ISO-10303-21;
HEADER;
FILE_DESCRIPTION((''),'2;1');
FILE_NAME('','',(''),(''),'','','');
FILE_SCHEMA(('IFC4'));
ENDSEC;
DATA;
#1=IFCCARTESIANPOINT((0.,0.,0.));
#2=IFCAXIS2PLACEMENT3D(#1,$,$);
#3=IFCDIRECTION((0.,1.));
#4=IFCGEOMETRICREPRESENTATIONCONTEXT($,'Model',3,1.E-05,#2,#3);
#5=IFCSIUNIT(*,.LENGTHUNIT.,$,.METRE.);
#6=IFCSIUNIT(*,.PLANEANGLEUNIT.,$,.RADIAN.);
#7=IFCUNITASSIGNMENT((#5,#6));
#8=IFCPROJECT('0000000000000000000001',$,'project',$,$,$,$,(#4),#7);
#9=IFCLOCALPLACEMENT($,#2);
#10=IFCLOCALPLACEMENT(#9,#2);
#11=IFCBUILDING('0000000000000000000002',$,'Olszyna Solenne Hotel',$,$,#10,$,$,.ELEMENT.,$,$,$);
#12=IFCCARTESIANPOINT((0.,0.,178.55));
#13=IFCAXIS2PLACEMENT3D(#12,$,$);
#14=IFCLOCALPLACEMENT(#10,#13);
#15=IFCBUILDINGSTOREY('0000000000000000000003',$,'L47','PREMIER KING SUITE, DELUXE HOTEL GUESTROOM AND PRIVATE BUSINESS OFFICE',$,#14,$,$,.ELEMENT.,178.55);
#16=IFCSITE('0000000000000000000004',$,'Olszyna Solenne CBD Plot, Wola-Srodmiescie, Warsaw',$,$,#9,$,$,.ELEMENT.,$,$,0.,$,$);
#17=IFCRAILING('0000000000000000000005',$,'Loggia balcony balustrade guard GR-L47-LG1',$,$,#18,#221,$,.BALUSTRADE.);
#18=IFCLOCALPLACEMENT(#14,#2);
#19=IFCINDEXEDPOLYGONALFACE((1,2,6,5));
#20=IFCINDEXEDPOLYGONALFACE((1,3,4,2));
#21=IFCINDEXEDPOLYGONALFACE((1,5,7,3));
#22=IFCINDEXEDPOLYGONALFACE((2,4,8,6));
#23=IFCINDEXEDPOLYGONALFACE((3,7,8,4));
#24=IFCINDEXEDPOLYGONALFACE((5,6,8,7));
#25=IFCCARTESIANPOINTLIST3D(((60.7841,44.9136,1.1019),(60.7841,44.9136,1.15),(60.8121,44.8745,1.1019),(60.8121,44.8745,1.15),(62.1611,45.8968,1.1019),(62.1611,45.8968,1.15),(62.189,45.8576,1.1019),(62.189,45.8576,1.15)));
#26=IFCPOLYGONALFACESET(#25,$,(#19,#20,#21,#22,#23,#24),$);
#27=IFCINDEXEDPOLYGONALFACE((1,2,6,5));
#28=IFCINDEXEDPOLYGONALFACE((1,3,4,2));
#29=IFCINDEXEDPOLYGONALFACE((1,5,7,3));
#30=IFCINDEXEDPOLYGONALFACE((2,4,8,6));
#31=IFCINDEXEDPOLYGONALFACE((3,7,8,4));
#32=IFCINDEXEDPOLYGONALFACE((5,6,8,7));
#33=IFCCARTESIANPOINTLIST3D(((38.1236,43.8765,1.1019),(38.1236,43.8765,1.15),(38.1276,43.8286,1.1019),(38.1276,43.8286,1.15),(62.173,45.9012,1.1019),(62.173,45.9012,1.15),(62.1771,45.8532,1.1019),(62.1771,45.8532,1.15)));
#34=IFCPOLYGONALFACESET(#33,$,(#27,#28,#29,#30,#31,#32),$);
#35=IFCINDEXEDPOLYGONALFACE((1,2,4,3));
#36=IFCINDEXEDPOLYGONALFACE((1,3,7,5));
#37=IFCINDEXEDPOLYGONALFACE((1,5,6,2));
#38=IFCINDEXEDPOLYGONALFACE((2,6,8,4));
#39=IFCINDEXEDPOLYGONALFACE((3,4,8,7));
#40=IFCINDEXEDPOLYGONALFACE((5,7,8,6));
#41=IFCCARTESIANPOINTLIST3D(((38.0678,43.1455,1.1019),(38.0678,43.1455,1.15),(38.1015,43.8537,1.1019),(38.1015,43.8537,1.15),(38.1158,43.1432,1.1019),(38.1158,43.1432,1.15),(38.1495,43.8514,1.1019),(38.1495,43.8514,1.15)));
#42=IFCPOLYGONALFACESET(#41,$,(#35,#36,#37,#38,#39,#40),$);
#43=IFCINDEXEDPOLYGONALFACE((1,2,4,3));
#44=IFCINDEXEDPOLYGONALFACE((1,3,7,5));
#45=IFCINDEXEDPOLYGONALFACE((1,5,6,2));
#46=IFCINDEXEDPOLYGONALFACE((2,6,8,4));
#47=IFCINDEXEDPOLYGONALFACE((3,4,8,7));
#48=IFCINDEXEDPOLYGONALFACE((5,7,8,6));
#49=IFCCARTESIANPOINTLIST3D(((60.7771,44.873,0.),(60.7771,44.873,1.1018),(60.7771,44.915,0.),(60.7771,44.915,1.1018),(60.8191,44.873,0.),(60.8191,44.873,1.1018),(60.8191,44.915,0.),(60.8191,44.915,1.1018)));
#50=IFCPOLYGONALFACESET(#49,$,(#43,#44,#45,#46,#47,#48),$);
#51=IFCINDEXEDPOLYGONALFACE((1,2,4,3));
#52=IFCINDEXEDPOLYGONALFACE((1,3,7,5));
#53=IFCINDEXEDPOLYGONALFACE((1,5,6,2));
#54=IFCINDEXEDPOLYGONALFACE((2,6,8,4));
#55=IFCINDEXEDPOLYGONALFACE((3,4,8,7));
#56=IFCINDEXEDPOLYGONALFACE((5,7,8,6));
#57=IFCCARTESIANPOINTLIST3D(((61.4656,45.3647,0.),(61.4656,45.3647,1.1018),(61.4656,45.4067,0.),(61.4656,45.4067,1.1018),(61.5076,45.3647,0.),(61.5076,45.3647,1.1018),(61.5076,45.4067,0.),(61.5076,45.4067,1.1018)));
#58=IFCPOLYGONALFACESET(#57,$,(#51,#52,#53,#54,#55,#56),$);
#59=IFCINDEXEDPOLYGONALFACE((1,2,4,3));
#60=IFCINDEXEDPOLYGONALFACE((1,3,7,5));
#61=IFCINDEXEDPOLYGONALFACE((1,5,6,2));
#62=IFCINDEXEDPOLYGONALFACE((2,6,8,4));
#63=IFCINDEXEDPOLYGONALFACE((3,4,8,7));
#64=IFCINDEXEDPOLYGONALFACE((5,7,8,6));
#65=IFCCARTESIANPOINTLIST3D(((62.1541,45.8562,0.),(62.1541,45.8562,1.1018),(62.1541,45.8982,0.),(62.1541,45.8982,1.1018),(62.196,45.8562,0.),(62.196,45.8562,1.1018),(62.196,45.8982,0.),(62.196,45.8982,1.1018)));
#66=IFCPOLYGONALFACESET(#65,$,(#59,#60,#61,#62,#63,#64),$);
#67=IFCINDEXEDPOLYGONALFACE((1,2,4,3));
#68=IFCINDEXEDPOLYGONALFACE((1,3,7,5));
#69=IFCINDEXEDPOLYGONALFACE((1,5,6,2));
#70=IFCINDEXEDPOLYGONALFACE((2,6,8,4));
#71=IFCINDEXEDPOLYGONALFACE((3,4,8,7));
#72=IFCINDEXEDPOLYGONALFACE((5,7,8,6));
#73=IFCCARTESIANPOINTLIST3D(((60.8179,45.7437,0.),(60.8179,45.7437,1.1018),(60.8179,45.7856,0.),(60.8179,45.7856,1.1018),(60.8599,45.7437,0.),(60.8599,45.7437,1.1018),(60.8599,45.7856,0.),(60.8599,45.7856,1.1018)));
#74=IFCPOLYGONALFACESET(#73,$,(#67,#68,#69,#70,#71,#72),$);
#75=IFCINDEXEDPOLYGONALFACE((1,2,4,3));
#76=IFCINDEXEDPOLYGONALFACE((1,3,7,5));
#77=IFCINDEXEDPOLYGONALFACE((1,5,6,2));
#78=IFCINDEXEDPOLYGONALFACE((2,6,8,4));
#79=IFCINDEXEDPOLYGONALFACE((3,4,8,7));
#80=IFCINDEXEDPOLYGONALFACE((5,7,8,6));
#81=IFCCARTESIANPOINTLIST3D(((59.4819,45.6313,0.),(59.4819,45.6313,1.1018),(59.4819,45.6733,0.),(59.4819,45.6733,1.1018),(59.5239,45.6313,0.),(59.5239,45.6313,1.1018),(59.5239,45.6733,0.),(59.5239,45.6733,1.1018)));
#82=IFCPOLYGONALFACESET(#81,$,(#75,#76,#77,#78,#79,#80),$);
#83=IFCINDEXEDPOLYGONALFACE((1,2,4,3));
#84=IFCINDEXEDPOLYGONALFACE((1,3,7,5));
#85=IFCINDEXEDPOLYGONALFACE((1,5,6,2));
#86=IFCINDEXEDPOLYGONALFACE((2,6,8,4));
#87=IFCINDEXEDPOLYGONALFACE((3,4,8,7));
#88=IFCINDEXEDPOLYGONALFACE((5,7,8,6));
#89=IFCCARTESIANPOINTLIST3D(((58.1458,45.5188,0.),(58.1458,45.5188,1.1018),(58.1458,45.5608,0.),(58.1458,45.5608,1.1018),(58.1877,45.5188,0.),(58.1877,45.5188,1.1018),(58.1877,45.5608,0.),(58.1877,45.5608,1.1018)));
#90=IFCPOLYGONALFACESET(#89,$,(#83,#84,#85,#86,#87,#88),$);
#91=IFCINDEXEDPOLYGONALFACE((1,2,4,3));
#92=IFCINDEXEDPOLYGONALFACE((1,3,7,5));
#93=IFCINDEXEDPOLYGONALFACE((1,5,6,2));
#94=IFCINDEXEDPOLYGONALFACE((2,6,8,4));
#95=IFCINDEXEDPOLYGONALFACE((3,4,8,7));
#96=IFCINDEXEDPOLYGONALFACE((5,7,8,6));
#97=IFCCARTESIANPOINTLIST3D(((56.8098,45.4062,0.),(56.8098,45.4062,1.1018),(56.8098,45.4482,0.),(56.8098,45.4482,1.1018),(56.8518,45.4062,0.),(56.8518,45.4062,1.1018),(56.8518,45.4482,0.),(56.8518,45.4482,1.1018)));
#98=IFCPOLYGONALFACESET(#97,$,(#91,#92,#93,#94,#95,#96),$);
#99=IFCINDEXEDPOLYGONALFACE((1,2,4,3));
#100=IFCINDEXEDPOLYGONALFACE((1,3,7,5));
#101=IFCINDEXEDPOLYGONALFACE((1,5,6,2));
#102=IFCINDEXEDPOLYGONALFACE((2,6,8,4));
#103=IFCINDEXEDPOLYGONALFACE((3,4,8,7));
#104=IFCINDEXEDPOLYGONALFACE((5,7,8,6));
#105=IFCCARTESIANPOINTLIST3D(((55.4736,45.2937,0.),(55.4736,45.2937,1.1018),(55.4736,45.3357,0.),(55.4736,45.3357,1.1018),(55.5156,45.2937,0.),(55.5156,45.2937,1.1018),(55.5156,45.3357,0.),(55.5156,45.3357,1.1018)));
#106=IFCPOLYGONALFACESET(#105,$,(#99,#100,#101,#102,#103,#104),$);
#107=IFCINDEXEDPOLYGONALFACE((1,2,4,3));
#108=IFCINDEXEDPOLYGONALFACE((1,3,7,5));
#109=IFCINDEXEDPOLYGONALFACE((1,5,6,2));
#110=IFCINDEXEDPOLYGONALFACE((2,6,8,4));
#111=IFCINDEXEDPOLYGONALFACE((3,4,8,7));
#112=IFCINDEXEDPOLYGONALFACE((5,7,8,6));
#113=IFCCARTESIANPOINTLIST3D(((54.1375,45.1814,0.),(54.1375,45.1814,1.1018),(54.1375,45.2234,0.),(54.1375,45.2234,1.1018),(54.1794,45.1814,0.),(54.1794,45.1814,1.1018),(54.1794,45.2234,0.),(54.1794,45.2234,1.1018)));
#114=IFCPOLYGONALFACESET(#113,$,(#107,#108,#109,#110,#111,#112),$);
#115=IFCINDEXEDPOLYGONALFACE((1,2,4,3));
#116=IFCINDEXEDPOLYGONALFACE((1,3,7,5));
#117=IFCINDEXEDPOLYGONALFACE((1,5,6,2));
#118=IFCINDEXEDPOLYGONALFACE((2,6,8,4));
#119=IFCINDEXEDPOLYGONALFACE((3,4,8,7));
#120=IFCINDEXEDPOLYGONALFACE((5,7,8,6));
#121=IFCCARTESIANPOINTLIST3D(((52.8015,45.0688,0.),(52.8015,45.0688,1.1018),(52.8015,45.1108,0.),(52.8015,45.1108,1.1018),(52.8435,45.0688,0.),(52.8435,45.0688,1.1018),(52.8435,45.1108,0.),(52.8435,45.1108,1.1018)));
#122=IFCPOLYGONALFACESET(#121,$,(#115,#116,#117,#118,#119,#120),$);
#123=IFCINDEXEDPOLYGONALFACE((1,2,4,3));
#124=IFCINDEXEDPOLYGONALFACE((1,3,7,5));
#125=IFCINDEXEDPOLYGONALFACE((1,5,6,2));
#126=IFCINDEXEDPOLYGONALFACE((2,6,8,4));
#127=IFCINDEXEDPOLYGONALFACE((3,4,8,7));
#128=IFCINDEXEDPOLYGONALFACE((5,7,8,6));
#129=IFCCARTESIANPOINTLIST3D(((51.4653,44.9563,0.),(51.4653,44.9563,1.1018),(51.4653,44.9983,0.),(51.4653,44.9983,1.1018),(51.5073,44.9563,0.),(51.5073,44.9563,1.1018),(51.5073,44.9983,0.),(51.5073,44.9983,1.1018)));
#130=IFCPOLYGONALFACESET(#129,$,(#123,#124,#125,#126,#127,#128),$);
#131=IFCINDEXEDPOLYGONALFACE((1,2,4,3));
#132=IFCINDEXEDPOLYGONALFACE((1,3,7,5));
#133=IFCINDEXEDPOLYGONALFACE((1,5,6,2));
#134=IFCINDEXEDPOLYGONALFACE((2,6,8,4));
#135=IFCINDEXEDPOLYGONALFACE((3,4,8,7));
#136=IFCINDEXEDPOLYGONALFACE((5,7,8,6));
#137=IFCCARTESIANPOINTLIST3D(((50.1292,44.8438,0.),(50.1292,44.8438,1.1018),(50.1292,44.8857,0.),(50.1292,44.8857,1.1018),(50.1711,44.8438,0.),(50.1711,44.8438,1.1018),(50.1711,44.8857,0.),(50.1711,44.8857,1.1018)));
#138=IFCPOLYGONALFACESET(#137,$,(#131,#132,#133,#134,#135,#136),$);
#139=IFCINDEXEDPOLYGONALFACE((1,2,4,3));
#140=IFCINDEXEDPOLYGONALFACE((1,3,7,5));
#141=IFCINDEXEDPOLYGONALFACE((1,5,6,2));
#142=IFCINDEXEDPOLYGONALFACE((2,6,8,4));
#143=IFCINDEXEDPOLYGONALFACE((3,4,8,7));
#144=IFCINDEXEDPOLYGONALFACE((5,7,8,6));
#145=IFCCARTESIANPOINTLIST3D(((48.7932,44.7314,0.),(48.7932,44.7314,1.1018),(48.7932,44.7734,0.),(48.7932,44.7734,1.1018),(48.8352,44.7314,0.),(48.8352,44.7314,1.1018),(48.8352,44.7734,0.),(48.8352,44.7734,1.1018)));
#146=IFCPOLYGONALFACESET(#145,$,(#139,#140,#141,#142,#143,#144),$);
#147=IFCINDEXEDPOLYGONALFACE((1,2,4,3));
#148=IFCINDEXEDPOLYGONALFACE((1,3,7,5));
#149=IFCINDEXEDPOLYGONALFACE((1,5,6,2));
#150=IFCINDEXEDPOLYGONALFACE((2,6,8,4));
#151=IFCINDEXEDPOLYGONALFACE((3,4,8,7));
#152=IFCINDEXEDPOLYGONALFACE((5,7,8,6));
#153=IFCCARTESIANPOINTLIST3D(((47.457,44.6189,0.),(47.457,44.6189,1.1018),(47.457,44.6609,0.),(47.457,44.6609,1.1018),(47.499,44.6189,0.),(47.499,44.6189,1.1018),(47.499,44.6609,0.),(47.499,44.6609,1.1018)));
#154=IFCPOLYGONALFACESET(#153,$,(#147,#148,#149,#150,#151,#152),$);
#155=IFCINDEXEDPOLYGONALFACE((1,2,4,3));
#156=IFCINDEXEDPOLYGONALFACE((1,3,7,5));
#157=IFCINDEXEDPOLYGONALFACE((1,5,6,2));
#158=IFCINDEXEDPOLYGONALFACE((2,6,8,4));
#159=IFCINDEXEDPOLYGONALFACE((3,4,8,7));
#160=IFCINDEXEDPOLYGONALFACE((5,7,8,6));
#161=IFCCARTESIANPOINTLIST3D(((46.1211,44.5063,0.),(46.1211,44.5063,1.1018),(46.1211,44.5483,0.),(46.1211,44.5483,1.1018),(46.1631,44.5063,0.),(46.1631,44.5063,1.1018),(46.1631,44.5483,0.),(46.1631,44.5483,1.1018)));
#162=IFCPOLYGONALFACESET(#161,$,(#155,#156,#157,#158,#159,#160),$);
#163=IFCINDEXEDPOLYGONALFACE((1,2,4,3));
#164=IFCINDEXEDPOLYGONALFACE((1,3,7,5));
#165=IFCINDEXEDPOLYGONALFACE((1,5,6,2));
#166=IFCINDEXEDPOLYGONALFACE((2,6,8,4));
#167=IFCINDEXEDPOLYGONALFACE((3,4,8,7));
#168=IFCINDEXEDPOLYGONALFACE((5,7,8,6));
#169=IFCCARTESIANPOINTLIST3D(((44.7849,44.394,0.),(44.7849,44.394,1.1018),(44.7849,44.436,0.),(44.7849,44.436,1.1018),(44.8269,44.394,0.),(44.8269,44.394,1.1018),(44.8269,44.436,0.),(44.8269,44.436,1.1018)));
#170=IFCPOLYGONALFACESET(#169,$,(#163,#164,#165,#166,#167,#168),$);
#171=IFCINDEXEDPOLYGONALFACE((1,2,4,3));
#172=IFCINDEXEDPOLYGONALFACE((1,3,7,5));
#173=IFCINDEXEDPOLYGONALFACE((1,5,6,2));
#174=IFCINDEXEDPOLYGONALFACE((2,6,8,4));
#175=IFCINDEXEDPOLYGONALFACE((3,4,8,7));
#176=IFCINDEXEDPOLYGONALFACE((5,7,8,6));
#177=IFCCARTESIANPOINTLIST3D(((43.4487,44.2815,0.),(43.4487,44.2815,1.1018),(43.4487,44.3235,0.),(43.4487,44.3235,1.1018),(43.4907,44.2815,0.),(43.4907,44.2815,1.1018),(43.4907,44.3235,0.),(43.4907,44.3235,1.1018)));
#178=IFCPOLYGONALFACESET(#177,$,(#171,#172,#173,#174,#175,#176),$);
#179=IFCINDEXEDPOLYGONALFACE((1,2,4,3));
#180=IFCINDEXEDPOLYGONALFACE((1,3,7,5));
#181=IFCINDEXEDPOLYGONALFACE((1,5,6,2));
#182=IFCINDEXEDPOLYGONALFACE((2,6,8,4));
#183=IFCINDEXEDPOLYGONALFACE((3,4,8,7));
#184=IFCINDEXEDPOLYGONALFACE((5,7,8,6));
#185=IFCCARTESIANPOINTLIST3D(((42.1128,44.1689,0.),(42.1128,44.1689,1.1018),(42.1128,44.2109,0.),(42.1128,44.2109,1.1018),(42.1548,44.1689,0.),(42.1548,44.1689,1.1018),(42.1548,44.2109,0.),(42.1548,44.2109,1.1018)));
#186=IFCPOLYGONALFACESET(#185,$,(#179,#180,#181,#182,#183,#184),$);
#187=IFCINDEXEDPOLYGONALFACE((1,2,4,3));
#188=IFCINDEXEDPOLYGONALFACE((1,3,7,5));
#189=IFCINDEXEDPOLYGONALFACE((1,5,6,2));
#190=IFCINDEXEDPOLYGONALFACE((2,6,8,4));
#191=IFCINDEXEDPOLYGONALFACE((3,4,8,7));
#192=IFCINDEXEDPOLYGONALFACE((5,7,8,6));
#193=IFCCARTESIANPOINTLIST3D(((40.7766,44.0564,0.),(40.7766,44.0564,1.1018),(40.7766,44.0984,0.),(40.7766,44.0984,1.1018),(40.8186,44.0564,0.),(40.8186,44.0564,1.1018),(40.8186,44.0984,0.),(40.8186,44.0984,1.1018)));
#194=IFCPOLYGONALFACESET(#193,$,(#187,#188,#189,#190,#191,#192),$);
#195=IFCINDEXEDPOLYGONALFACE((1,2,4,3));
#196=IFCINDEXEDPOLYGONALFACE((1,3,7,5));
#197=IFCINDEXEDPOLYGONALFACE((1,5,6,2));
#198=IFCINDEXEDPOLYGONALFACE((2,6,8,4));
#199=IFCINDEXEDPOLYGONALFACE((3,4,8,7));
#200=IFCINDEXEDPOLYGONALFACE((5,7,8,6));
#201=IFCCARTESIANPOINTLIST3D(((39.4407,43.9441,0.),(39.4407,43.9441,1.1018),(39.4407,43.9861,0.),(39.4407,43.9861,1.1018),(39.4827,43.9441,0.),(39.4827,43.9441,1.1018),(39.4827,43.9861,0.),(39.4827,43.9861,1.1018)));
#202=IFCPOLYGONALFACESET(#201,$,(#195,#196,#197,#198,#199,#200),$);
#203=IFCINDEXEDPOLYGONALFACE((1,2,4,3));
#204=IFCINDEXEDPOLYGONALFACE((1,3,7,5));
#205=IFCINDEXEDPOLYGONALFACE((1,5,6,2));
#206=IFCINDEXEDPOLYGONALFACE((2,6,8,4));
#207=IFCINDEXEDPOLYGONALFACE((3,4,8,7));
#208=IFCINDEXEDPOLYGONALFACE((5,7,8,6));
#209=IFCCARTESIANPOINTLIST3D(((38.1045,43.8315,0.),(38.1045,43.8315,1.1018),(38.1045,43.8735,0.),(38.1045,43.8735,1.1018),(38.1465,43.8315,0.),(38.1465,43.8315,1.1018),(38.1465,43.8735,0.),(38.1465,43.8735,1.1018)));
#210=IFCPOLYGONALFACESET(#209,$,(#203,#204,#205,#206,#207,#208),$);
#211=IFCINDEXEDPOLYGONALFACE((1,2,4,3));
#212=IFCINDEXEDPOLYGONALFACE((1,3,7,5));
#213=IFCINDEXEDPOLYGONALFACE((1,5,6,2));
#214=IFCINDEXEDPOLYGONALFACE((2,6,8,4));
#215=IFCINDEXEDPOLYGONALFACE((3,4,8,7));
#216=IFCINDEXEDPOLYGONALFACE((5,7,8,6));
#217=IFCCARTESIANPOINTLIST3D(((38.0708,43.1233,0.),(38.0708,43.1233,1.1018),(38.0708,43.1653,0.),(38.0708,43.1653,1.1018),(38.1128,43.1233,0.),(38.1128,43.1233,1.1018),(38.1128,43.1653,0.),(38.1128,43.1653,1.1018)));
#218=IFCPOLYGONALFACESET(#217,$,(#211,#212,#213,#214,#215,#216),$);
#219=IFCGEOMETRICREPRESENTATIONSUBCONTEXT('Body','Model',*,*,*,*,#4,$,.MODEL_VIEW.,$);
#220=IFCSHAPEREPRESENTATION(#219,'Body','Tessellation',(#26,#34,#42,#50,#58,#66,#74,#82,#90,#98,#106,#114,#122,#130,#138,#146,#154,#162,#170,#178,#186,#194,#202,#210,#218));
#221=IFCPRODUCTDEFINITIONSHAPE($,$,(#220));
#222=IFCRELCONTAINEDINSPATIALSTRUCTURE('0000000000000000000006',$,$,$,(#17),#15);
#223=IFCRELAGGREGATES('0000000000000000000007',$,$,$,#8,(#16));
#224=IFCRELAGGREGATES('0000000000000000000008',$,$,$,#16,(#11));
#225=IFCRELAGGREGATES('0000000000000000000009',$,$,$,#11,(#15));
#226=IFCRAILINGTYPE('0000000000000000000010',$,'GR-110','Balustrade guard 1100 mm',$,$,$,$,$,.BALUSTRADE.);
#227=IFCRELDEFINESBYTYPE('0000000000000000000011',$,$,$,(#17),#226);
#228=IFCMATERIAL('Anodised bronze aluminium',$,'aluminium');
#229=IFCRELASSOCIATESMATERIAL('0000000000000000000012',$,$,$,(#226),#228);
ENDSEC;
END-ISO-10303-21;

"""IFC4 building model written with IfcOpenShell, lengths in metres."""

from ifc_helpers import new_model, si_unit, direction, frame, origin, origin_2d, place, context, subcontext, project, spatial, rectangle, extrude, material, type_object, element, save


model = new_model("IFC4")

# Units and contexts
model_context = context("Model", 3, precision=1e-05, world=origin(), true_north=direction((0.0, 1.0)))
body_context = subcontext(model_context, "Body", "Model", "MODEL_VIEW")
ifc_project = project(units=[si_unit("LENGTHUNIT", "METRE"), si_unit("PLANEANGLEUNIT", "RADIAN")], contexts=[model_context])

# Site, building, storey
site_placement = place(None, origin())
site = spatial("IfcSite", under=ifc_project, at=site_placement, Name="Olszyna Solenne CBD Plot, Wola-Srodmiescie, Warsaw", CompositionType="ELEMENT", RefElevation=0.0)
building_placement = place(site_placement, origin())
building = spatial("IfcBuilding", under=site, at=building_placement, Name="Olszyna Solenne Hotel", CompositionType="ELEMENT")
storey_placement = place(building_placement, frame((0.0, 0.0, 178.55)))
storey = spatial("IfcBuildingStorey", under=building, at=storey_placement, Name="L47", Description="PREMIER KING SUITE, DELUXE HOTEL GUESTROOM AND PRIVATE BUSINESS OFFICE", CompositionType="ELEMENT", Elevation=178.55)

# Railing
ifc_material_1 = material(Name="Anodised bronze aluminium", Category="aluminium")
railing_type = type_object("IfcRailingType", Name="GR-110", Description="Balustrade guard 1100 mm", PredefinedType="BALUSTRADE", material=ifc_material_1)
railing_placement = place(storey_placement, frame((60.7981, 44.894, 0.0)))
element("IfcRailing", 1, at=railing_placement, inside=storey, type_object=railing_type, Name="Loggia balcony balustrade guard GR-L47-LG1", PredefinedType="BALUSTRADE", context=body_context, shape_type="SweptSolid", body=[
    extrude(rectangle(XDim=0.0481, YDim=0.0481, at=origin_2d()), frame((0.0, 0.0, 1.126), z_axis=(0.813841, 0.581088, 0.0), x_axis=(-0.581088, 0.813841, 0.0)), (0.0, 0.0, 1.0), 1.6919),
    extrude(rectangle(XDim=0.0481, YDim=0.0481, at=origin_2d()), frame((1.377, 0.9832, 1.126), z_axis=(-0.996475, -0.08389, 0.0), x_axis=(0.08389, -0.996475, 0.0)), (0.0, 0.0, 1.0), 24.1345),
    extrude(rectangle(XDim=0.0481, YDim=0.0481, at=origin_2d()), frame((-22.6726, -1.0415, 1.126), z_axis=(-0.047516, -0.99887, 0.0), x_axis=(0.99887, -0.047516, 0.0)), (0.0, 0.0, 1.0), 0.709),
    extrude(rectangle(XDim=0.042, YDim=0.042, at=origin_2d()), origin(), (0.0, 0.0, 1.0), 1.1018),
    extrude(rectangle(XDim=0.042, YDim=0.042, at=origin_2d()), frame((0.6885, 0.4917, 0.0)), (0.0, 0.0, 1.0), 1.1018),
    extrude(rectangle(XDim=0.042, YDim=0.042, at=origin_2d()), frame((1.377, 0.9832, 0.0)), (0.0, 0.0, 1.0), 1.1018),
    extrude(rectangle(XDim=0.042, YDim=0.042, at=origin_2d()), frame((0.0408, 0.8706, 0.0)), (0.0, 0.0, 1.0), 1.1018),
    extrude(rectangle(XDim=0.042, YDim=0.042, at=origin_2d()), frame((-1.2952, 0.7583, 0.0)), (0.0, 0.0, 1.0), 1.1018),
    extrude(rectangle(XDim=0.042, YDim=0.042, at=origin_2d()), frame((-2.6313, 0.6458, 0.0)), (0.0, 0.0, 1.0), 1.1018),
    extrude(rectangle(XDim=0.042, YDim=0.042, at=origin_2d()), frame((-3.9673, 0.5332, 0.0)), (0.0, 0.0, 1.0), 1.1018),
    extrude(rectangle(XDim=0.042, YDim=0.042, at=origin_2d()), frame((-5.3035, 0.4207, 0.0)), (0.0, 0.0, 1.0), 1.1018),
    extrude(rectangle(XDim=0.042, YDim=0.042, at=origin_2d()), frame((-6.6396, 0.3083, 0.0)), (0.0, 0.0, 1.0), 1.1018),
    extrude(rectangle(XDim=0.042, YDim=0.042, at=origin_2d()), frame((-7.9756, 0.1958, 0.0)), (0.0, 0.0, 1.0), 1.1018),
    extrude(rectangle(XDim=0.042, YDim=0.042, at=origin_2d()), frame((-9.3118, 0.0833, 0.0)), (0.0, 0.0, 1.0), 1.1018),
    extrude(rectangle(XDim=0.042, YDim=0.042, at=origin_2d()), frame((-10.6479, -0.0293, 0.0)), (0.0, 0.0, 1.0), 1.1018),
    extrude(rectangle(XDim=0.042, YDim=0.042, at=origin_2d()), frame((-11.9839, -0.1416, 0.0)), (0.0, 0.0, 1.0), 1.1018),
    extrude(rectangle(XDim=0.042, YDim=0.042, at=origin_2d()), frame((-13.3201, -0.2542, 0.0)), (0.0, 0.0, 1.0), 1.1018),
    extrude(rectangle(XDim=0.042, YDim=0.042, at=origin_2d()), frame((-14.656, -0.3667, 0.0)), (0.0, 0.0, 1.0), 1.1018),
    extrude(rectangle(XDim=0.042, YDim=0.042, at=origin_2d()), frame((-15.9922, -0.479, 0.0)), (0.0, 0.0, 1.0), 1.1018),
    extrude(rectangle(XDim=0.042, YDim=0.042, at=origin_2d()), frame((-17.3284, -0.5916, 0.0)), (0.0, 0.0, 1.0), 1.1018),
    extrude(rectangle(XDim=0.042, YDim=0.042, at=origin_2d()), frame((-18.6643, -0.7041, 0.0)), (0.0, 0.0, 1.0), 1.1018),
    extrude(rectangle(XDim=0.042, YDim=0.042, at=origin_2d()), frame((-20.0005, -0.8167, 0.0)), (0.0, 0.0, 1.0), 1.1018),
    extrude(rectangle(XDim=0.042, YDim=0.042, at=origin_2d()), frame((-21.3364, -0.929, 0.0)), (0.0, 0.0, 1.0), 1.1018),
    extrude(rectangle(XDim=0.042, YDim=0.042, at=origin_2d()), frame((-22.6726, -1.0415, 0.0)), (0.0, 0.0, 1.0), 1.1018),
    extrude(rectangle(XDim=0.042, YDim=0.042, at=origin_2d()), frame((-22.7063, -1.7498, 0.0)), (0.0, 0.0, 1.0), 1.1018),
])

save(model, "model.ifc")
